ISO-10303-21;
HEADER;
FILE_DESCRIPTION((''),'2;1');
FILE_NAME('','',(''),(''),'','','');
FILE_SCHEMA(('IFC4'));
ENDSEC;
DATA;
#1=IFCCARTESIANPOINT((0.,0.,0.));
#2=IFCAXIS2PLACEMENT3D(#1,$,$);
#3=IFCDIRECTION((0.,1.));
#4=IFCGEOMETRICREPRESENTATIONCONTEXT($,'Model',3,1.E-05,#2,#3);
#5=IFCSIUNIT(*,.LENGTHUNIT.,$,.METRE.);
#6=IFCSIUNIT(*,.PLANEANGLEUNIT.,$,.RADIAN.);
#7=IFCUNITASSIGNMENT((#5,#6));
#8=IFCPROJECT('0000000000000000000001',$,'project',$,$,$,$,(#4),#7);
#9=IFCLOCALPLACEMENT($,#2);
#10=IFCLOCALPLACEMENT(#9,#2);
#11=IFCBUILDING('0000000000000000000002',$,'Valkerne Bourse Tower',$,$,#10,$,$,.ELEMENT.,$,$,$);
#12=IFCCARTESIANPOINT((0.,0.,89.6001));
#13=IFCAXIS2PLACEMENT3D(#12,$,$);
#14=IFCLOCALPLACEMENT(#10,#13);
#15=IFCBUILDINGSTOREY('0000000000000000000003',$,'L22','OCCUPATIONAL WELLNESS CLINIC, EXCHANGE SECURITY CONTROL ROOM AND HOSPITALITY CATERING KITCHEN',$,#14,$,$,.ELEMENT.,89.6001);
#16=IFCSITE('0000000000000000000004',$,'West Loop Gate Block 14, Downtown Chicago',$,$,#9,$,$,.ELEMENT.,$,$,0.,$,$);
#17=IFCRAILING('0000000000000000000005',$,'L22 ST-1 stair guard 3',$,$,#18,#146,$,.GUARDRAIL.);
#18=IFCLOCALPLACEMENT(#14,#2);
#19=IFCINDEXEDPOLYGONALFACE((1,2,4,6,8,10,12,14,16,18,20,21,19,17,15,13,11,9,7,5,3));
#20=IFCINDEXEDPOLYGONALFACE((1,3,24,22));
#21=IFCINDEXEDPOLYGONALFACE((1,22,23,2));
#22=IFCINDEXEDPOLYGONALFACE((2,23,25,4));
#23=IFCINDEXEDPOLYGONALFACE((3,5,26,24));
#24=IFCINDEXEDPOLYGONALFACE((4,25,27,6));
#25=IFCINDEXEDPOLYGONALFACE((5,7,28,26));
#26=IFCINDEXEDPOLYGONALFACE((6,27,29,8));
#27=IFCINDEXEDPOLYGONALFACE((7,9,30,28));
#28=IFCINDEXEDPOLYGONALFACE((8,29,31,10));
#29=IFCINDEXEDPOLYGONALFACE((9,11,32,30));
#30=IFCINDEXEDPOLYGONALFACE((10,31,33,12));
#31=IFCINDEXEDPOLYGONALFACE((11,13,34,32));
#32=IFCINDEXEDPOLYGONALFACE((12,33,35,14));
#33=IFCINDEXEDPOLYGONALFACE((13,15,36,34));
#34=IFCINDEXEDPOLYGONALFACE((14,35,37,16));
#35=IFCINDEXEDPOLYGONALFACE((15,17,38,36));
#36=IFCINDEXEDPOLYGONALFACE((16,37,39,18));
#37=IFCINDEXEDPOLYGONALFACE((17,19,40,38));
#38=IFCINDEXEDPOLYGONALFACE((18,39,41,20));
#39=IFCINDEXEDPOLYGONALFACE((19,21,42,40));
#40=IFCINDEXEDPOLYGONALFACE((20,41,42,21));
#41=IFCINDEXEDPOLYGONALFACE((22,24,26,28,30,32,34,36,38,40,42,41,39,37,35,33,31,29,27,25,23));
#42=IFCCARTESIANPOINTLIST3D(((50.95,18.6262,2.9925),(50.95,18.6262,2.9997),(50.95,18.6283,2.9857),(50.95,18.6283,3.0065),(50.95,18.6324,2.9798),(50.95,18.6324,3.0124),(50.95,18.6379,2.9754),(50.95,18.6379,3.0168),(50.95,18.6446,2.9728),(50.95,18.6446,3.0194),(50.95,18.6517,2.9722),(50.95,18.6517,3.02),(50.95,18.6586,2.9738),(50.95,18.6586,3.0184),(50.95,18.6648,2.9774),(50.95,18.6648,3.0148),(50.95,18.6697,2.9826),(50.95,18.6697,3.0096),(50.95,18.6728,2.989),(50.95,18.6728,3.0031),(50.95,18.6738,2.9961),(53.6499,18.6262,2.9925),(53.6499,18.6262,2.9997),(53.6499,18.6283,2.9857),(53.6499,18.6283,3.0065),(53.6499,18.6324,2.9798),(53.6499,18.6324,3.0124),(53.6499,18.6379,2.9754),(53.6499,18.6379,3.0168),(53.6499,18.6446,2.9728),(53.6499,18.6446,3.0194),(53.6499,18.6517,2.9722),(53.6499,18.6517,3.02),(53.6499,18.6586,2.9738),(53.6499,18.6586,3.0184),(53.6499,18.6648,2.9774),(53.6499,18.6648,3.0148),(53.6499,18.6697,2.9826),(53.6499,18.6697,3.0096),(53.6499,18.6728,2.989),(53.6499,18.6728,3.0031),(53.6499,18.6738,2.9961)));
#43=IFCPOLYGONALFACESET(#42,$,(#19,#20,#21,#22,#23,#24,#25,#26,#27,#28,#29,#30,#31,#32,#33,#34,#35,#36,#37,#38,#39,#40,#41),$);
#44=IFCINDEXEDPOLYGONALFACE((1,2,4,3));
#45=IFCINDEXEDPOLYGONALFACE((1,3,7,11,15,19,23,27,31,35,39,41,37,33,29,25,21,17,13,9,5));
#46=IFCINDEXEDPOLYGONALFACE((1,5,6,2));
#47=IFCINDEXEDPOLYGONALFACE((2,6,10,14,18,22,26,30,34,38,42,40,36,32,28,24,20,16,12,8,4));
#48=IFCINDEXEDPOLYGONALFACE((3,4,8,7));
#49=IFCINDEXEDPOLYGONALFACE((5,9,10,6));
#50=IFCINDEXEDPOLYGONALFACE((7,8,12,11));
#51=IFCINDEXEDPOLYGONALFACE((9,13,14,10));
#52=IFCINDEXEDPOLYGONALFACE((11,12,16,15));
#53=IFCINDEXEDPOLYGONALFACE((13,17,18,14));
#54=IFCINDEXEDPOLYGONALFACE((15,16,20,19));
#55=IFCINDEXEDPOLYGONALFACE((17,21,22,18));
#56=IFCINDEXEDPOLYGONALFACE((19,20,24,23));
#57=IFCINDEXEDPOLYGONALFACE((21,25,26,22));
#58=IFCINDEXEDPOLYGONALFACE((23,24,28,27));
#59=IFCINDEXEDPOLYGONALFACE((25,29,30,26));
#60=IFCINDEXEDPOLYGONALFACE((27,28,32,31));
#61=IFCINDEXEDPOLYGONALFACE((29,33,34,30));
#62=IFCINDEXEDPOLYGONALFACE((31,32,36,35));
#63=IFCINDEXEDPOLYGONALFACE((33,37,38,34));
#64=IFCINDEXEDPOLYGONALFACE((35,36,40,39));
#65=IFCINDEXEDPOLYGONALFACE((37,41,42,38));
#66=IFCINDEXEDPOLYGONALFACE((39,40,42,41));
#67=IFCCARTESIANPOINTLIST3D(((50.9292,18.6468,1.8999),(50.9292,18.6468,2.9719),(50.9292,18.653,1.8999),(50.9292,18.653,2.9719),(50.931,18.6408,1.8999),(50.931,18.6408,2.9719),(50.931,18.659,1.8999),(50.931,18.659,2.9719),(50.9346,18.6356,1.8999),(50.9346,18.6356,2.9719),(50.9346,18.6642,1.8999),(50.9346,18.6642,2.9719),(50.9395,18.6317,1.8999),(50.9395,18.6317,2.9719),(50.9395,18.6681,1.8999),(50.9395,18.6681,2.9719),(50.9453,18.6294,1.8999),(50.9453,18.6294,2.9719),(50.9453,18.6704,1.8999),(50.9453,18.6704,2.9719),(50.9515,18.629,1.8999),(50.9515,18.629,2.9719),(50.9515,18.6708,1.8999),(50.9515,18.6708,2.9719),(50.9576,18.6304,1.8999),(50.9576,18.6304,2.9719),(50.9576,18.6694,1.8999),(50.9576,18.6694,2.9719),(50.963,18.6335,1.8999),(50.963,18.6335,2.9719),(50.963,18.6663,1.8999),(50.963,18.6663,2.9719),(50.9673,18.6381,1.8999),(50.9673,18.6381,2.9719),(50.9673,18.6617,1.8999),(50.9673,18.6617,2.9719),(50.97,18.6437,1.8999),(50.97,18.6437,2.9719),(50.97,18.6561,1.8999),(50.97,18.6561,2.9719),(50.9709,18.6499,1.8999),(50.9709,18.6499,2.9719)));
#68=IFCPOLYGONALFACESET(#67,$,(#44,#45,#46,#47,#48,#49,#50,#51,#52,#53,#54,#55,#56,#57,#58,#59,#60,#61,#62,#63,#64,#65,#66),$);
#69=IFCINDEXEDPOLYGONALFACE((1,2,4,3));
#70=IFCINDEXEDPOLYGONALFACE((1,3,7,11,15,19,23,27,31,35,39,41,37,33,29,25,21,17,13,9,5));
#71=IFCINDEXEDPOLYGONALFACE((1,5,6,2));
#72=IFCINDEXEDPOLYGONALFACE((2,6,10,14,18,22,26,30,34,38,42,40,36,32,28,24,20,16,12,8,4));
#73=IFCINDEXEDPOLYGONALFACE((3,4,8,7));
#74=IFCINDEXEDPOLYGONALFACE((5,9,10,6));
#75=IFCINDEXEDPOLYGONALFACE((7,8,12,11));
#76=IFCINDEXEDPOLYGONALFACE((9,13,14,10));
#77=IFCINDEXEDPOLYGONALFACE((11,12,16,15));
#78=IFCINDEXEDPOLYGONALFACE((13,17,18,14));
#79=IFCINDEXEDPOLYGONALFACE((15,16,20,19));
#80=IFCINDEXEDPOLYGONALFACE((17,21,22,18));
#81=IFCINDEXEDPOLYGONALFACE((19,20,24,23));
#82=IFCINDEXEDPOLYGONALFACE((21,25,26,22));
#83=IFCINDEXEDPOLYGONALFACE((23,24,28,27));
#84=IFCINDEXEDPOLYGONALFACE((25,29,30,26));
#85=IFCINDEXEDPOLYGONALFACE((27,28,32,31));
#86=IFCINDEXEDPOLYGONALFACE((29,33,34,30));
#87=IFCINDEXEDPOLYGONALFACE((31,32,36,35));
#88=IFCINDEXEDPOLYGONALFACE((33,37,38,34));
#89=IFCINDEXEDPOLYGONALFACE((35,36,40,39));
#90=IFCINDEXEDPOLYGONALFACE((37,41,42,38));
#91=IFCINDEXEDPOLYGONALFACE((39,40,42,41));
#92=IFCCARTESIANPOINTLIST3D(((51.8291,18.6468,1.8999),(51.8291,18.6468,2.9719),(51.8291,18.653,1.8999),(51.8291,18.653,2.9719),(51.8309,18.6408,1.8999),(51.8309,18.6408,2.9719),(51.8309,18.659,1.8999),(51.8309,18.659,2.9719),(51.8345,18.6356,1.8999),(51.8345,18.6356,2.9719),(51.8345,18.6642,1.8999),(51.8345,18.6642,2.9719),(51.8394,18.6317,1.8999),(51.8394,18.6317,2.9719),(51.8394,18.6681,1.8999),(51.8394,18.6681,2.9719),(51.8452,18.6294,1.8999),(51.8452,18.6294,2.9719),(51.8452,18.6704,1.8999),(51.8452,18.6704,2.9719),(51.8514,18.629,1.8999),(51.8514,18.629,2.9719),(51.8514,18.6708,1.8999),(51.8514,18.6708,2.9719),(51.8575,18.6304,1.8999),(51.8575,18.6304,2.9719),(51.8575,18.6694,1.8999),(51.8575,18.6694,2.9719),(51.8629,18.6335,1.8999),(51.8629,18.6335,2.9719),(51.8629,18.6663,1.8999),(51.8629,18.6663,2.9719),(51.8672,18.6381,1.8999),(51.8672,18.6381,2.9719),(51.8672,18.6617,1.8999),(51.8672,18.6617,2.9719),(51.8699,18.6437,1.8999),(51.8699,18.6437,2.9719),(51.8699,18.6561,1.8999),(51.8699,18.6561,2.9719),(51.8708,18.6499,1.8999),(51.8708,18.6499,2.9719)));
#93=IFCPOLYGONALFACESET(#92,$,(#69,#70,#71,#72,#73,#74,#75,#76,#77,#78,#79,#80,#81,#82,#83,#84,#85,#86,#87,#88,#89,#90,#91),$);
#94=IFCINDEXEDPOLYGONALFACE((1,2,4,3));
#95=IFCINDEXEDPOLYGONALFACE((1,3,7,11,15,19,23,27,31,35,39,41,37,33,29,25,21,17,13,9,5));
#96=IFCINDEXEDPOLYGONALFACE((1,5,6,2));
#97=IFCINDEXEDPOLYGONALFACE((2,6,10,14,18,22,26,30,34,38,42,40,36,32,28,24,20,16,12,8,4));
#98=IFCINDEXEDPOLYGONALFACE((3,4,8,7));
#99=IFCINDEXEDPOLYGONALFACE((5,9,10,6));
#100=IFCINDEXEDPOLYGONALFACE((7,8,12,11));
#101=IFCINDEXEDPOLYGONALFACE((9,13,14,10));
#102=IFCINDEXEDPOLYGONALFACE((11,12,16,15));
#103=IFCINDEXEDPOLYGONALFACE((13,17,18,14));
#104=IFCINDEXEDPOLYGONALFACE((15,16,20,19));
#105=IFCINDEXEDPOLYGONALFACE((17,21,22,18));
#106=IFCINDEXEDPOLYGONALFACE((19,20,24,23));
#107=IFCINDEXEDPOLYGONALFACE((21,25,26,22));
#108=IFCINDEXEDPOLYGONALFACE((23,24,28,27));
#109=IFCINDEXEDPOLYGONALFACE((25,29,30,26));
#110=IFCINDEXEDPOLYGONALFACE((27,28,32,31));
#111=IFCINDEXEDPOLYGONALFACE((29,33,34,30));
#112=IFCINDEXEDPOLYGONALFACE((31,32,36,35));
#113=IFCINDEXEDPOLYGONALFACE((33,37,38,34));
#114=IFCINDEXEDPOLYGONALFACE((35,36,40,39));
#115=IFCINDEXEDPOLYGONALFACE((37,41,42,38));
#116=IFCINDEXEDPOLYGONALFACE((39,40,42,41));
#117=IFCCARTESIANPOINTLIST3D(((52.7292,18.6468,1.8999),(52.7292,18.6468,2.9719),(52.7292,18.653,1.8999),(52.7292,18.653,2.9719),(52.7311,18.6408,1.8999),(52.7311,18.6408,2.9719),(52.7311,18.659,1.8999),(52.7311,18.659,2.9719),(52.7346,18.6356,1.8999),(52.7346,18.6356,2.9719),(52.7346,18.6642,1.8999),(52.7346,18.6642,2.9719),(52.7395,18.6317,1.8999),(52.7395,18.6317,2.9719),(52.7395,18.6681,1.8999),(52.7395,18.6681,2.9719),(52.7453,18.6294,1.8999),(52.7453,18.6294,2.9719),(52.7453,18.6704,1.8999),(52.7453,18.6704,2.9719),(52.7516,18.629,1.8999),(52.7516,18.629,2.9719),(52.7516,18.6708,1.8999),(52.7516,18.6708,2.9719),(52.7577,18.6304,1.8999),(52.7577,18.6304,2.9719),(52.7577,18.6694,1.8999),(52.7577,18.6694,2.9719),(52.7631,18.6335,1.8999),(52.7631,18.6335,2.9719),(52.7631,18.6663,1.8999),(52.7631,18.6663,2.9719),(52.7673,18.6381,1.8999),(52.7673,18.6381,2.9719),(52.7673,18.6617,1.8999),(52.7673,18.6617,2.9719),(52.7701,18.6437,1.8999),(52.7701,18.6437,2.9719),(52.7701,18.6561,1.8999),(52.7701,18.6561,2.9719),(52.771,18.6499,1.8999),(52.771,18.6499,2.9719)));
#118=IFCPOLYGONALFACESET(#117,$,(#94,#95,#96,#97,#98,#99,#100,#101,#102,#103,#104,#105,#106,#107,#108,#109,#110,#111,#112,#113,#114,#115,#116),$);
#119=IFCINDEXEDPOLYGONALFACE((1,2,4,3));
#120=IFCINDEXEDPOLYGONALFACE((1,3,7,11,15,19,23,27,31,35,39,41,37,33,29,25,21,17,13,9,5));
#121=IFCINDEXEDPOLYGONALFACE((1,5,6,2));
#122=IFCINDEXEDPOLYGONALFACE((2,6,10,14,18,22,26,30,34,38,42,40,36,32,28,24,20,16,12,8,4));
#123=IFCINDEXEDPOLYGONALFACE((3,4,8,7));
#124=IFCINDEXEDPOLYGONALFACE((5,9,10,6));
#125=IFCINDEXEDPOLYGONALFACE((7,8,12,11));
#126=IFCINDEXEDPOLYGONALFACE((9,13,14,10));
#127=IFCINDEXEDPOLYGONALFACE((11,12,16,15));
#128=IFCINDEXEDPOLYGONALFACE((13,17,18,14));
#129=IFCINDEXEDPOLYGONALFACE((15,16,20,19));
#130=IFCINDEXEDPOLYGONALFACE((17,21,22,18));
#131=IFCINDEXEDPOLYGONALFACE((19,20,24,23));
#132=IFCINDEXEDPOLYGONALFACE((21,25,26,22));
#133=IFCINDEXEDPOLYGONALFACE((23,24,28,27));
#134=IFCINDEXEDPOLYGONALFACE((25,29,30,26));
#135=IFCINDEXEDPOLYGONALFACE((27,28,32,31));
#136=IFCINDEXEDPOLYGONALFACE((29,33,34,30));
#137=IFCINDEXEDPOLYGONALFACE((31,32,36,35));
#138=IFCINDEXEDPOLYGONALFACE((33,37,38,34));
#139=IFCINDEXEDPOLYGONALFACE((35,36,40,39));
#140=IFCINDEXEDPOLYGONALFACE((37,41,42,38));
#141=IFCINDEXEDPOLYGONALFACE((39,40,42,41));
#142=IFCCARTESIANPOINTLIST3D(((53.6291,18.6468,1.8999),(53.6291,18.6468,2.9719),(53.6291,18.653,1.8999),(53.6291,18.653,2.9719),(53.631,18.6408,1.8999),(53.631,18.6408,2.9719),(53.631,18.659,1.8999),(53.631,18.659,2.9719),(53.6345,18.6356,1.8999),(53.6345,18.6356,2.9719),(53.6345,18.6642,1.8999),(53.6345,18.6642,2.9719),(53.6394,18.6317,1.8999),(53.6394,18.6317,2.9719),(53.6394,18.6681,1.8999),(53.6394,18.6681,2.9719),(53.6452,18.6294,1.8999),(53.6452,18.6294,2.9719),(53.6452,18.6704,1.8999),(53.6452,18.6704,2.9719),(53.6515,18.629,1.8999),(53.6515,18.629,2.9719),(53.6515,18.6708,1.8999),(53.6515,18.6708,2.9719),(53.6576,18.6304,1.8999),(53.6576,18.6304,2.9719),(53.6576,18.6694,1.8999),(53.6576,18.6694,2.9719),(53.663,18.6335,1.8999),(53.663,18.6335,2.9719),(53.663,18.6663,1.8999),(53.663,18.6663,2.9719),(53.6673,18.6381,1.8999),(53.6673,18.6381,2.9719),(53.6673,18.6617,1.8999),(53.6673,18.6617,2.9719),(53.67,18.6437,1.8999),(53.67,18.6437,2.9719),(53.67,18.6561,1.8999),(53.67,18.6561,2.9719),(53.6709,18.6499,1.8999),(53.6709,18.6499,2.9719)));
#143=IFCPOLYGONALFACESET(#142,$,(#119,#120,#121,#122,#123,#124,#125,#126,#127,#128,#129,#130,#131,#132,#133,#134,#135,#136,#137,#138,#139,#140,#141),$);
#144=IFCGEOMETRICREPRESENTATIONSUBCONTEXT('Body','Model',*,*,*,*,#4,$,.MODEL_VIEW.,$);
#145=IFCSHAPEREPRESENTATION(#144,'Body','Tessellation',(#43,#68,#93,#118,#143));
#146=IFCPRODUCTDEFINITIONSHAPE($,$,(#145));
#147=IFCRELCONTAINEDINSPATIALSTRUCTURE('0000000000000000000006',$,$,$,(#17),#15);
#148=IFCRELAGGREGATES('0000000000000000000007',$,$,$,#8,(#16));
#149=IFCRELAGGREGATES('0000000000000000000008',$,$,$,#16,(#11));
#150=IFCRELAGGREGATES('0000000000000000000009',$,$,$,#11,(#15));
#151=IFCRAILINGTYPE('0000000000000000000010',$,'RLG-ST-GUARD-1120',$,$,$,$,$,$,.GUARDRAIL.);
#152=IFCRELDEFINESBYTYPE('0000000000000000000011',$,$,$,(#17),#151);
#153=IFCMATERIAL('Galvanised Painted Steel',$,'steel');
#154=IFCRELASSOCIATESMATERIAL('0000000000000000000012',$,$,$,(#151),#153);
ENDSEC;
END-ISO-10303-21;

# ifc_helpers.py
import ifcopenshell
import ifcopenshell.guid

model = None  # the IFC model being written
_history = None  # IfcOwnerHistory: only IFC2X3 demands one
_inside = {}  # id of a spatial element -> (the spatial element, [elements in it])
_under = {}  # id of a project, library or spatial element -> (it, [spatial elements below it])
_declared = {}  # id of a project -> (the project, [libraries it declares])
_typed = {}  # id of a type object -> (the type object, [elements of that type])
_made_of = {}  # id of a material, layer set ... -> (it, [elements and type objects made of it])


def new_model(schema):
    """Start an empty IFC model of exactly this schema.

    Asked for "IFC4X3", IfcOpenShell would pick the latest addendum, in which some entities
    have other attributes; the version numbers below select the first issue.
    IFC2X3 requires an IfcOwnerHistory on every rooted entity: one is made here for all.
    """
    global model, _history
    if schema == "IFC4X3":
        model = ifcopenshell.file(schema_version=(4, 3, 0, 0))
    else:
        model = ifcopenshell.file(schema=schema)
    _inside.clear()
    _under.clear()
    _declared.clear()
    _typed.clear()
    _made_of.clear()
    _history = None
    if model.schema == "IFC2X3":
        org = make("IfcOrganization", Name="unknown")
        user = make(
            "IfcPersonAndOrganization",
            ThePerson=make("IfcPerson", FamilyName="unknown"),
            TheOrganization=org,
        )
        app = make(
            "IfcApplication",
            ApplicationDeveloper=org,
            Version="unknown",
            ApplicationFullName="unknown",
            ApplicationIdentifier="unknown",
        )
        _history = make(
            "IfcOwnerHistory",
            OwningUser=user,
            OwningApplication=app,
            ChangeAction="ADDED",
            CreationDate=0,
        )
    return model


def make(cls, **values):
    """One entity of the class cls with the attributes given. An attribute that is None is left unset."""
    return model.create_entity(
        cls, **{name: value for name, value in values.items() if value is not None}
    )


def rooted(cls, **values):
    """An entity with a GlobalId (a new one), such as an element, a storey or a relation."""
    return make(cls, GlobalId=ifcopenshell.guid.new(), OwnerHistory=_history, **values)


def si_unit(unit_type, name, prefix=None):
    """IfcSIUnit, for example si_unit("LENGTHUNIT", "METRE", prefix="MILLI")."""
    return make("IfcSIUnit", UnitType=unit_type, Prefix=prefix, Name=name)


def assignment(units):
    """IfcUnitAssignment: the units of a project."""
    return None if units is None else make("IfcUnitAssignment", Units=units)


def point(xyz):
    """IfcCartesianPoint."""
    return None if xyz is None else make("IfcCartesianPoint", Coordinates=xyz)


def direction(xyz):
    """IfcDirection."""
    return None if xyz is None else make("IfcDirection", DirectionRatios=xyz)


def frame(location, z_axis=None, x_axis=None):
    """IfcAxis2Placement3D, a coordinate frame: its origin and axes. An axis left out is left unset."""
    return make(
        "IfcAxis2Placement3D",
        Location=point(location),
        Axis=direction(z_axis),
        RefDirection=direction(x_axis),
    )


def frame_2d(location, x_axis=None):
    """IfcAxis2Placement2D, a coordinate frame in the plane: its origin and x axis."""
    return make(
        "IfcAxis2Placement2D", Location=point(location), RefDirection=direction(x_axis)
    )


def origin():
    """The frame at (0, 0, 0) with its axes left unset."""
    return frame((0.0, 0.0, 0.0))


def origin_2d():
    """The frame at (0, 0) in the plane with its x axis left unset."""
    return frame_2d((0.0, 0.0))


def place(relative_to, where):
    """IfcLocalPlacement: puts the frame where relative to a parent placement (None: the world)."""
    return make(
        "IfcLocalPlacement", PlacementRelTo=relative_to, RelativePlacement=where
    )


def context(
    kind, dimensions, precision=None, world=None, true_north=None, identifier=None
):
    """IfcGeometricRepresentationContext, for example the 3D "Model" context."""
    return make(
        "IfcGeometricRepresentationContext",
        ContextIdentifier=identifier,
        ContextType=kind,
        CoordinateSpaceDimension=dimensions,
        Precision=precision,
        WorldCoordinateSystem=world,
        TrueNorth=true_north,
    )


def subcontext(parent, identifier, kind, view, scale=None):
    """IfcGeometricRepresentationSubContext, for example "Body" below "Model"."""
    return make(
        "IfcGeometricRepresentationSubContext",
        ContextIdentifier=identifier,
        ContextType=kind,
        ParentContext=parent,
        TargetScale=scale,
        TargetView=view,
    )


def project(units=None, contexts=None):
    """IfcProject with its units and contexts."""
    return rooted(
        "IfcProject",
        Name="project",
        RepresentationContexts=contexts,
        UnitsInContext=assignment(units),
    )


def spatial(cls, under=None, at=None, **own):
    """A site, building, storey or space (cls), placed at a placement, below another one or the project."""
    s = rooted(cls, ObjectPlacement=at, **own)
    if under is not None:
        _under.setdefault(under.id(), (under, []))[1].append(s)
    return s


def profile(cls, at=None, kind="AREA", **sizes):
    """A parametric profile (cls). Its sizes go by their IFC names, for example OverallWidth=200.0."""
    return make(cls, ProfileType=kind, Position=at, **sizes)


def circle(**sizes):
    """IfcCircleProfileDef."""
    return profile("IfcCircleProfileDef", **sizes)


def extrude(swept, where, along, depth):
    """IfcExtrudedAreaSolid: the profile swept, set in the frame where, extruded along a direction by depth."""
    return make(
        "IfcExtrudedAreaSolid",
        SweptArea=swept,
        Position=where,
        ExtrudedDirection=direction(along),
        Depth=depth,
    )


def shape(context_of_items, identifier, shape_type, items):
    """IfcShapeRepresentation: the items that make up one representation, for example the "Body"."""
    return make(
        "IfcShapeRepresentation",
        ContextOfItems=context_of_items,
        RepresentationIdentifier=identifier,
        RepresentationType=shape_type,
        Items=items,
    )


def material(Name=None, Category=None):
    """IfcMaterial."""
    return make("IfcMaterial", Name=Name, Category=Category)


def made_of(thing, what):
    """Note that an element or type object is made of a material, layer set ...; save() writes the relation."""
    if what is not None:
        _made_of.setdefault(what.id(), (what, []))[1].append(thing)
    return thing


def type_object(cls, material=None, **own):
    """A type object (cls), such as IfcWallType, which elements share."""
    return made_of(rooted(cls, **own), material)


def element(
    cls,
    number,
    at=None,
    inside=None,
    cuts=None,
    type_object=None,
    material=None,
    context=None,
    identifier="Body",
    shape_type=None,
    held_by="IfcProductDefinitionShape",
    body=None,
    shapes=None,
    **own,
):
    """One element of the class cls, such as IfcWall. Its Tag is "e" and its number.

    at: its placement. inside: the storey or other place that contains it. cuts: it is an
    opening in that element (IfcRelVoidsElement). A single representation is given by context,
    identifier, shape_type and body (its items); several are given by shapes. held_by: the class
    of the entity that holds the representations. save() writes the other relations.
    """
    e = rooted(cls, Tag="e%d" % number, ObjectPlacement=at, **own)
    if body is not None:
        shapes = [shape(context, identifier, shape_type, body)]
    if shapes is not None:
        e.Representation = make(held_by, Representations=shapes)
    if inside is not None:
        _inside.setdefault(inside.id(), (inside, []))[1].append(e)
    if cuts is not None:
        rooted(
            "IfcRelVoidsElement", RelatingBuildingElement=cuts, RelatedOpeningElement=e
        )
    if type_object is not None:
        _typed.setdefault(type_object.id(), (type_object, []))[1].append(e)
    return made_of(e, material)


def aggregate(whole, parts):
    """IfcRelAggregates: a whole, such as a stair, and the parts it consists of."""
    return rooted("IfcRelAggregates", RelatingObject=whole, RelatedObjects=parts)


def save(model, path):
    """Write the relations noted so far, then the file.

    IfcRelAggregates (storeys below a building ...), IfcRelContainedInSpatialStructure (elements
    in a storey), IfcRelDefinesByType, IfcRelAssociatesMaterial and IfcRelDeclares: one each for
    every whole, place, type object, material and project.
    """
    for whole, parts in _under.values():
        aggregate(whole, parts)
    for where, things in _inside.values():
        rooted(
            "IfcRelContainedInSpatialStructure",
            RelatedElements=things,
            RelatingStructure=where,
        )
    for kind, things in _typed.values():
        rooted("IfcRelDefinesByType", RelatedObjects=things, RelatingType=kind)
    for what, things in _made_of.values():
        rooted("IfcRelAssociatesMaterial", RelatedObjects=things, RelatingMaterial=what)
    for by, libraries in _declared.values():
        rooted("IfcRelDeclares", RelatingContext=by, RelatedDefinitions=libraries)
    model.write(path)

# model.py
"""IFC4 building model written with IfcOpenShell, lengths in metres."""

from ifc_helpers import new_model, si_unit, direction, frame, origin, origin_2d, place, context, subcontext, project, spatial, circle, extrude, material, type_object, element, save


model = new_model("IFC4")

# Units and contexts
model_context = context("Model", 3, precision=1e-05, world=origin(), true_north=direction((0.0, 1.0)))
body_context = subcontext(model_context, "Body", "Model", "MODEL_VIEW")
ifc_project = project(units=[si_unit("LENGTHUNIT", "METRE"), si_unit("PLANEANGLEUNIT", "RADIAN")], contexts=[model_context])

# Site, building, storey
site_placement = place(None, origin())
site = spatial("IfcSite", under=ifc_project, at=site_placement, Name="West Loop Gate Block 14, Downtown Chicago", CompositionType="ELEMENT", RefElevation=0.0)
building_placement = place(site_placement, origin())
building = spatial("IfcBuilding", under=site, at=building_placement, Name="Valkerne Bourse Tower", CompositionType="ELEMENT")
storey_placement = place(building_placement, frame((0.0, 0.0, 89.6001)))
storey = spatial("IfcBuildingStorey", under=building, at=storey_placement, Name="L22", Description="OCCUPATIONAL WELLNESS CLINIC, EXCHANGE SECURITY CONTROL ROOM AND HOSPITALITY CATERING KITCHEN", CompositionType="ELEMENT", Elevation=89.6001)

# Shared definitions
ifc_material_1 = material(Name="Galvanised Painted Steel", Category="steel")

# Railing
railing_type_1 = type_object("IfcRailingType", Name="RLG-ST-GUARD-1120", PredefinedType="GUARDRAIL", material=ifc_material_1)
for number, where, name in (
    (1, (50.95, 18.6499, 1.8999), "L22 ST-1 stair guard 3"),
):
    element("IfcRailing", number, at=place(storey_placement, frame(where)), inside=storey, type_object=railing_type_1, Name=name, PredefinedType="GUARDRAIL", context=body_context, shape_type="SweptSolid", body=[
        extrude(circle(Radius=0.0239, at=origin_2d()), frame((0.0, 0.0, 1.0962), z_axis=(1.0, 0.0, 0.0), x_axis=(0.0, 1.0, 0.0)), (0.0, 0.0, 1.0), 2.7),
        extrude(circle(Radius=0.021, at=origin_2d()), origin(), (0.0, 0.0, 1.0), 1.072),
        extrude(circle(Radius=0.021, at=origin_2d()), frame((0.8999, 0.0, 0.0)), (0.0, 0.0, 1.0), 1.072),
        extrude(circle(Radius=0.021, at=origin_2d()), frame((1.8, 0.0, 0.0)), (0.0, 0.0, 1.0), 1.072),
        extrude(circle(Radius=0.021, at=origin_2d()), frame((2.7, 0.0, 0.0)), (0.0, 0.0, 1.0), 1.072),
    ])

save(model, "model.ifc")
